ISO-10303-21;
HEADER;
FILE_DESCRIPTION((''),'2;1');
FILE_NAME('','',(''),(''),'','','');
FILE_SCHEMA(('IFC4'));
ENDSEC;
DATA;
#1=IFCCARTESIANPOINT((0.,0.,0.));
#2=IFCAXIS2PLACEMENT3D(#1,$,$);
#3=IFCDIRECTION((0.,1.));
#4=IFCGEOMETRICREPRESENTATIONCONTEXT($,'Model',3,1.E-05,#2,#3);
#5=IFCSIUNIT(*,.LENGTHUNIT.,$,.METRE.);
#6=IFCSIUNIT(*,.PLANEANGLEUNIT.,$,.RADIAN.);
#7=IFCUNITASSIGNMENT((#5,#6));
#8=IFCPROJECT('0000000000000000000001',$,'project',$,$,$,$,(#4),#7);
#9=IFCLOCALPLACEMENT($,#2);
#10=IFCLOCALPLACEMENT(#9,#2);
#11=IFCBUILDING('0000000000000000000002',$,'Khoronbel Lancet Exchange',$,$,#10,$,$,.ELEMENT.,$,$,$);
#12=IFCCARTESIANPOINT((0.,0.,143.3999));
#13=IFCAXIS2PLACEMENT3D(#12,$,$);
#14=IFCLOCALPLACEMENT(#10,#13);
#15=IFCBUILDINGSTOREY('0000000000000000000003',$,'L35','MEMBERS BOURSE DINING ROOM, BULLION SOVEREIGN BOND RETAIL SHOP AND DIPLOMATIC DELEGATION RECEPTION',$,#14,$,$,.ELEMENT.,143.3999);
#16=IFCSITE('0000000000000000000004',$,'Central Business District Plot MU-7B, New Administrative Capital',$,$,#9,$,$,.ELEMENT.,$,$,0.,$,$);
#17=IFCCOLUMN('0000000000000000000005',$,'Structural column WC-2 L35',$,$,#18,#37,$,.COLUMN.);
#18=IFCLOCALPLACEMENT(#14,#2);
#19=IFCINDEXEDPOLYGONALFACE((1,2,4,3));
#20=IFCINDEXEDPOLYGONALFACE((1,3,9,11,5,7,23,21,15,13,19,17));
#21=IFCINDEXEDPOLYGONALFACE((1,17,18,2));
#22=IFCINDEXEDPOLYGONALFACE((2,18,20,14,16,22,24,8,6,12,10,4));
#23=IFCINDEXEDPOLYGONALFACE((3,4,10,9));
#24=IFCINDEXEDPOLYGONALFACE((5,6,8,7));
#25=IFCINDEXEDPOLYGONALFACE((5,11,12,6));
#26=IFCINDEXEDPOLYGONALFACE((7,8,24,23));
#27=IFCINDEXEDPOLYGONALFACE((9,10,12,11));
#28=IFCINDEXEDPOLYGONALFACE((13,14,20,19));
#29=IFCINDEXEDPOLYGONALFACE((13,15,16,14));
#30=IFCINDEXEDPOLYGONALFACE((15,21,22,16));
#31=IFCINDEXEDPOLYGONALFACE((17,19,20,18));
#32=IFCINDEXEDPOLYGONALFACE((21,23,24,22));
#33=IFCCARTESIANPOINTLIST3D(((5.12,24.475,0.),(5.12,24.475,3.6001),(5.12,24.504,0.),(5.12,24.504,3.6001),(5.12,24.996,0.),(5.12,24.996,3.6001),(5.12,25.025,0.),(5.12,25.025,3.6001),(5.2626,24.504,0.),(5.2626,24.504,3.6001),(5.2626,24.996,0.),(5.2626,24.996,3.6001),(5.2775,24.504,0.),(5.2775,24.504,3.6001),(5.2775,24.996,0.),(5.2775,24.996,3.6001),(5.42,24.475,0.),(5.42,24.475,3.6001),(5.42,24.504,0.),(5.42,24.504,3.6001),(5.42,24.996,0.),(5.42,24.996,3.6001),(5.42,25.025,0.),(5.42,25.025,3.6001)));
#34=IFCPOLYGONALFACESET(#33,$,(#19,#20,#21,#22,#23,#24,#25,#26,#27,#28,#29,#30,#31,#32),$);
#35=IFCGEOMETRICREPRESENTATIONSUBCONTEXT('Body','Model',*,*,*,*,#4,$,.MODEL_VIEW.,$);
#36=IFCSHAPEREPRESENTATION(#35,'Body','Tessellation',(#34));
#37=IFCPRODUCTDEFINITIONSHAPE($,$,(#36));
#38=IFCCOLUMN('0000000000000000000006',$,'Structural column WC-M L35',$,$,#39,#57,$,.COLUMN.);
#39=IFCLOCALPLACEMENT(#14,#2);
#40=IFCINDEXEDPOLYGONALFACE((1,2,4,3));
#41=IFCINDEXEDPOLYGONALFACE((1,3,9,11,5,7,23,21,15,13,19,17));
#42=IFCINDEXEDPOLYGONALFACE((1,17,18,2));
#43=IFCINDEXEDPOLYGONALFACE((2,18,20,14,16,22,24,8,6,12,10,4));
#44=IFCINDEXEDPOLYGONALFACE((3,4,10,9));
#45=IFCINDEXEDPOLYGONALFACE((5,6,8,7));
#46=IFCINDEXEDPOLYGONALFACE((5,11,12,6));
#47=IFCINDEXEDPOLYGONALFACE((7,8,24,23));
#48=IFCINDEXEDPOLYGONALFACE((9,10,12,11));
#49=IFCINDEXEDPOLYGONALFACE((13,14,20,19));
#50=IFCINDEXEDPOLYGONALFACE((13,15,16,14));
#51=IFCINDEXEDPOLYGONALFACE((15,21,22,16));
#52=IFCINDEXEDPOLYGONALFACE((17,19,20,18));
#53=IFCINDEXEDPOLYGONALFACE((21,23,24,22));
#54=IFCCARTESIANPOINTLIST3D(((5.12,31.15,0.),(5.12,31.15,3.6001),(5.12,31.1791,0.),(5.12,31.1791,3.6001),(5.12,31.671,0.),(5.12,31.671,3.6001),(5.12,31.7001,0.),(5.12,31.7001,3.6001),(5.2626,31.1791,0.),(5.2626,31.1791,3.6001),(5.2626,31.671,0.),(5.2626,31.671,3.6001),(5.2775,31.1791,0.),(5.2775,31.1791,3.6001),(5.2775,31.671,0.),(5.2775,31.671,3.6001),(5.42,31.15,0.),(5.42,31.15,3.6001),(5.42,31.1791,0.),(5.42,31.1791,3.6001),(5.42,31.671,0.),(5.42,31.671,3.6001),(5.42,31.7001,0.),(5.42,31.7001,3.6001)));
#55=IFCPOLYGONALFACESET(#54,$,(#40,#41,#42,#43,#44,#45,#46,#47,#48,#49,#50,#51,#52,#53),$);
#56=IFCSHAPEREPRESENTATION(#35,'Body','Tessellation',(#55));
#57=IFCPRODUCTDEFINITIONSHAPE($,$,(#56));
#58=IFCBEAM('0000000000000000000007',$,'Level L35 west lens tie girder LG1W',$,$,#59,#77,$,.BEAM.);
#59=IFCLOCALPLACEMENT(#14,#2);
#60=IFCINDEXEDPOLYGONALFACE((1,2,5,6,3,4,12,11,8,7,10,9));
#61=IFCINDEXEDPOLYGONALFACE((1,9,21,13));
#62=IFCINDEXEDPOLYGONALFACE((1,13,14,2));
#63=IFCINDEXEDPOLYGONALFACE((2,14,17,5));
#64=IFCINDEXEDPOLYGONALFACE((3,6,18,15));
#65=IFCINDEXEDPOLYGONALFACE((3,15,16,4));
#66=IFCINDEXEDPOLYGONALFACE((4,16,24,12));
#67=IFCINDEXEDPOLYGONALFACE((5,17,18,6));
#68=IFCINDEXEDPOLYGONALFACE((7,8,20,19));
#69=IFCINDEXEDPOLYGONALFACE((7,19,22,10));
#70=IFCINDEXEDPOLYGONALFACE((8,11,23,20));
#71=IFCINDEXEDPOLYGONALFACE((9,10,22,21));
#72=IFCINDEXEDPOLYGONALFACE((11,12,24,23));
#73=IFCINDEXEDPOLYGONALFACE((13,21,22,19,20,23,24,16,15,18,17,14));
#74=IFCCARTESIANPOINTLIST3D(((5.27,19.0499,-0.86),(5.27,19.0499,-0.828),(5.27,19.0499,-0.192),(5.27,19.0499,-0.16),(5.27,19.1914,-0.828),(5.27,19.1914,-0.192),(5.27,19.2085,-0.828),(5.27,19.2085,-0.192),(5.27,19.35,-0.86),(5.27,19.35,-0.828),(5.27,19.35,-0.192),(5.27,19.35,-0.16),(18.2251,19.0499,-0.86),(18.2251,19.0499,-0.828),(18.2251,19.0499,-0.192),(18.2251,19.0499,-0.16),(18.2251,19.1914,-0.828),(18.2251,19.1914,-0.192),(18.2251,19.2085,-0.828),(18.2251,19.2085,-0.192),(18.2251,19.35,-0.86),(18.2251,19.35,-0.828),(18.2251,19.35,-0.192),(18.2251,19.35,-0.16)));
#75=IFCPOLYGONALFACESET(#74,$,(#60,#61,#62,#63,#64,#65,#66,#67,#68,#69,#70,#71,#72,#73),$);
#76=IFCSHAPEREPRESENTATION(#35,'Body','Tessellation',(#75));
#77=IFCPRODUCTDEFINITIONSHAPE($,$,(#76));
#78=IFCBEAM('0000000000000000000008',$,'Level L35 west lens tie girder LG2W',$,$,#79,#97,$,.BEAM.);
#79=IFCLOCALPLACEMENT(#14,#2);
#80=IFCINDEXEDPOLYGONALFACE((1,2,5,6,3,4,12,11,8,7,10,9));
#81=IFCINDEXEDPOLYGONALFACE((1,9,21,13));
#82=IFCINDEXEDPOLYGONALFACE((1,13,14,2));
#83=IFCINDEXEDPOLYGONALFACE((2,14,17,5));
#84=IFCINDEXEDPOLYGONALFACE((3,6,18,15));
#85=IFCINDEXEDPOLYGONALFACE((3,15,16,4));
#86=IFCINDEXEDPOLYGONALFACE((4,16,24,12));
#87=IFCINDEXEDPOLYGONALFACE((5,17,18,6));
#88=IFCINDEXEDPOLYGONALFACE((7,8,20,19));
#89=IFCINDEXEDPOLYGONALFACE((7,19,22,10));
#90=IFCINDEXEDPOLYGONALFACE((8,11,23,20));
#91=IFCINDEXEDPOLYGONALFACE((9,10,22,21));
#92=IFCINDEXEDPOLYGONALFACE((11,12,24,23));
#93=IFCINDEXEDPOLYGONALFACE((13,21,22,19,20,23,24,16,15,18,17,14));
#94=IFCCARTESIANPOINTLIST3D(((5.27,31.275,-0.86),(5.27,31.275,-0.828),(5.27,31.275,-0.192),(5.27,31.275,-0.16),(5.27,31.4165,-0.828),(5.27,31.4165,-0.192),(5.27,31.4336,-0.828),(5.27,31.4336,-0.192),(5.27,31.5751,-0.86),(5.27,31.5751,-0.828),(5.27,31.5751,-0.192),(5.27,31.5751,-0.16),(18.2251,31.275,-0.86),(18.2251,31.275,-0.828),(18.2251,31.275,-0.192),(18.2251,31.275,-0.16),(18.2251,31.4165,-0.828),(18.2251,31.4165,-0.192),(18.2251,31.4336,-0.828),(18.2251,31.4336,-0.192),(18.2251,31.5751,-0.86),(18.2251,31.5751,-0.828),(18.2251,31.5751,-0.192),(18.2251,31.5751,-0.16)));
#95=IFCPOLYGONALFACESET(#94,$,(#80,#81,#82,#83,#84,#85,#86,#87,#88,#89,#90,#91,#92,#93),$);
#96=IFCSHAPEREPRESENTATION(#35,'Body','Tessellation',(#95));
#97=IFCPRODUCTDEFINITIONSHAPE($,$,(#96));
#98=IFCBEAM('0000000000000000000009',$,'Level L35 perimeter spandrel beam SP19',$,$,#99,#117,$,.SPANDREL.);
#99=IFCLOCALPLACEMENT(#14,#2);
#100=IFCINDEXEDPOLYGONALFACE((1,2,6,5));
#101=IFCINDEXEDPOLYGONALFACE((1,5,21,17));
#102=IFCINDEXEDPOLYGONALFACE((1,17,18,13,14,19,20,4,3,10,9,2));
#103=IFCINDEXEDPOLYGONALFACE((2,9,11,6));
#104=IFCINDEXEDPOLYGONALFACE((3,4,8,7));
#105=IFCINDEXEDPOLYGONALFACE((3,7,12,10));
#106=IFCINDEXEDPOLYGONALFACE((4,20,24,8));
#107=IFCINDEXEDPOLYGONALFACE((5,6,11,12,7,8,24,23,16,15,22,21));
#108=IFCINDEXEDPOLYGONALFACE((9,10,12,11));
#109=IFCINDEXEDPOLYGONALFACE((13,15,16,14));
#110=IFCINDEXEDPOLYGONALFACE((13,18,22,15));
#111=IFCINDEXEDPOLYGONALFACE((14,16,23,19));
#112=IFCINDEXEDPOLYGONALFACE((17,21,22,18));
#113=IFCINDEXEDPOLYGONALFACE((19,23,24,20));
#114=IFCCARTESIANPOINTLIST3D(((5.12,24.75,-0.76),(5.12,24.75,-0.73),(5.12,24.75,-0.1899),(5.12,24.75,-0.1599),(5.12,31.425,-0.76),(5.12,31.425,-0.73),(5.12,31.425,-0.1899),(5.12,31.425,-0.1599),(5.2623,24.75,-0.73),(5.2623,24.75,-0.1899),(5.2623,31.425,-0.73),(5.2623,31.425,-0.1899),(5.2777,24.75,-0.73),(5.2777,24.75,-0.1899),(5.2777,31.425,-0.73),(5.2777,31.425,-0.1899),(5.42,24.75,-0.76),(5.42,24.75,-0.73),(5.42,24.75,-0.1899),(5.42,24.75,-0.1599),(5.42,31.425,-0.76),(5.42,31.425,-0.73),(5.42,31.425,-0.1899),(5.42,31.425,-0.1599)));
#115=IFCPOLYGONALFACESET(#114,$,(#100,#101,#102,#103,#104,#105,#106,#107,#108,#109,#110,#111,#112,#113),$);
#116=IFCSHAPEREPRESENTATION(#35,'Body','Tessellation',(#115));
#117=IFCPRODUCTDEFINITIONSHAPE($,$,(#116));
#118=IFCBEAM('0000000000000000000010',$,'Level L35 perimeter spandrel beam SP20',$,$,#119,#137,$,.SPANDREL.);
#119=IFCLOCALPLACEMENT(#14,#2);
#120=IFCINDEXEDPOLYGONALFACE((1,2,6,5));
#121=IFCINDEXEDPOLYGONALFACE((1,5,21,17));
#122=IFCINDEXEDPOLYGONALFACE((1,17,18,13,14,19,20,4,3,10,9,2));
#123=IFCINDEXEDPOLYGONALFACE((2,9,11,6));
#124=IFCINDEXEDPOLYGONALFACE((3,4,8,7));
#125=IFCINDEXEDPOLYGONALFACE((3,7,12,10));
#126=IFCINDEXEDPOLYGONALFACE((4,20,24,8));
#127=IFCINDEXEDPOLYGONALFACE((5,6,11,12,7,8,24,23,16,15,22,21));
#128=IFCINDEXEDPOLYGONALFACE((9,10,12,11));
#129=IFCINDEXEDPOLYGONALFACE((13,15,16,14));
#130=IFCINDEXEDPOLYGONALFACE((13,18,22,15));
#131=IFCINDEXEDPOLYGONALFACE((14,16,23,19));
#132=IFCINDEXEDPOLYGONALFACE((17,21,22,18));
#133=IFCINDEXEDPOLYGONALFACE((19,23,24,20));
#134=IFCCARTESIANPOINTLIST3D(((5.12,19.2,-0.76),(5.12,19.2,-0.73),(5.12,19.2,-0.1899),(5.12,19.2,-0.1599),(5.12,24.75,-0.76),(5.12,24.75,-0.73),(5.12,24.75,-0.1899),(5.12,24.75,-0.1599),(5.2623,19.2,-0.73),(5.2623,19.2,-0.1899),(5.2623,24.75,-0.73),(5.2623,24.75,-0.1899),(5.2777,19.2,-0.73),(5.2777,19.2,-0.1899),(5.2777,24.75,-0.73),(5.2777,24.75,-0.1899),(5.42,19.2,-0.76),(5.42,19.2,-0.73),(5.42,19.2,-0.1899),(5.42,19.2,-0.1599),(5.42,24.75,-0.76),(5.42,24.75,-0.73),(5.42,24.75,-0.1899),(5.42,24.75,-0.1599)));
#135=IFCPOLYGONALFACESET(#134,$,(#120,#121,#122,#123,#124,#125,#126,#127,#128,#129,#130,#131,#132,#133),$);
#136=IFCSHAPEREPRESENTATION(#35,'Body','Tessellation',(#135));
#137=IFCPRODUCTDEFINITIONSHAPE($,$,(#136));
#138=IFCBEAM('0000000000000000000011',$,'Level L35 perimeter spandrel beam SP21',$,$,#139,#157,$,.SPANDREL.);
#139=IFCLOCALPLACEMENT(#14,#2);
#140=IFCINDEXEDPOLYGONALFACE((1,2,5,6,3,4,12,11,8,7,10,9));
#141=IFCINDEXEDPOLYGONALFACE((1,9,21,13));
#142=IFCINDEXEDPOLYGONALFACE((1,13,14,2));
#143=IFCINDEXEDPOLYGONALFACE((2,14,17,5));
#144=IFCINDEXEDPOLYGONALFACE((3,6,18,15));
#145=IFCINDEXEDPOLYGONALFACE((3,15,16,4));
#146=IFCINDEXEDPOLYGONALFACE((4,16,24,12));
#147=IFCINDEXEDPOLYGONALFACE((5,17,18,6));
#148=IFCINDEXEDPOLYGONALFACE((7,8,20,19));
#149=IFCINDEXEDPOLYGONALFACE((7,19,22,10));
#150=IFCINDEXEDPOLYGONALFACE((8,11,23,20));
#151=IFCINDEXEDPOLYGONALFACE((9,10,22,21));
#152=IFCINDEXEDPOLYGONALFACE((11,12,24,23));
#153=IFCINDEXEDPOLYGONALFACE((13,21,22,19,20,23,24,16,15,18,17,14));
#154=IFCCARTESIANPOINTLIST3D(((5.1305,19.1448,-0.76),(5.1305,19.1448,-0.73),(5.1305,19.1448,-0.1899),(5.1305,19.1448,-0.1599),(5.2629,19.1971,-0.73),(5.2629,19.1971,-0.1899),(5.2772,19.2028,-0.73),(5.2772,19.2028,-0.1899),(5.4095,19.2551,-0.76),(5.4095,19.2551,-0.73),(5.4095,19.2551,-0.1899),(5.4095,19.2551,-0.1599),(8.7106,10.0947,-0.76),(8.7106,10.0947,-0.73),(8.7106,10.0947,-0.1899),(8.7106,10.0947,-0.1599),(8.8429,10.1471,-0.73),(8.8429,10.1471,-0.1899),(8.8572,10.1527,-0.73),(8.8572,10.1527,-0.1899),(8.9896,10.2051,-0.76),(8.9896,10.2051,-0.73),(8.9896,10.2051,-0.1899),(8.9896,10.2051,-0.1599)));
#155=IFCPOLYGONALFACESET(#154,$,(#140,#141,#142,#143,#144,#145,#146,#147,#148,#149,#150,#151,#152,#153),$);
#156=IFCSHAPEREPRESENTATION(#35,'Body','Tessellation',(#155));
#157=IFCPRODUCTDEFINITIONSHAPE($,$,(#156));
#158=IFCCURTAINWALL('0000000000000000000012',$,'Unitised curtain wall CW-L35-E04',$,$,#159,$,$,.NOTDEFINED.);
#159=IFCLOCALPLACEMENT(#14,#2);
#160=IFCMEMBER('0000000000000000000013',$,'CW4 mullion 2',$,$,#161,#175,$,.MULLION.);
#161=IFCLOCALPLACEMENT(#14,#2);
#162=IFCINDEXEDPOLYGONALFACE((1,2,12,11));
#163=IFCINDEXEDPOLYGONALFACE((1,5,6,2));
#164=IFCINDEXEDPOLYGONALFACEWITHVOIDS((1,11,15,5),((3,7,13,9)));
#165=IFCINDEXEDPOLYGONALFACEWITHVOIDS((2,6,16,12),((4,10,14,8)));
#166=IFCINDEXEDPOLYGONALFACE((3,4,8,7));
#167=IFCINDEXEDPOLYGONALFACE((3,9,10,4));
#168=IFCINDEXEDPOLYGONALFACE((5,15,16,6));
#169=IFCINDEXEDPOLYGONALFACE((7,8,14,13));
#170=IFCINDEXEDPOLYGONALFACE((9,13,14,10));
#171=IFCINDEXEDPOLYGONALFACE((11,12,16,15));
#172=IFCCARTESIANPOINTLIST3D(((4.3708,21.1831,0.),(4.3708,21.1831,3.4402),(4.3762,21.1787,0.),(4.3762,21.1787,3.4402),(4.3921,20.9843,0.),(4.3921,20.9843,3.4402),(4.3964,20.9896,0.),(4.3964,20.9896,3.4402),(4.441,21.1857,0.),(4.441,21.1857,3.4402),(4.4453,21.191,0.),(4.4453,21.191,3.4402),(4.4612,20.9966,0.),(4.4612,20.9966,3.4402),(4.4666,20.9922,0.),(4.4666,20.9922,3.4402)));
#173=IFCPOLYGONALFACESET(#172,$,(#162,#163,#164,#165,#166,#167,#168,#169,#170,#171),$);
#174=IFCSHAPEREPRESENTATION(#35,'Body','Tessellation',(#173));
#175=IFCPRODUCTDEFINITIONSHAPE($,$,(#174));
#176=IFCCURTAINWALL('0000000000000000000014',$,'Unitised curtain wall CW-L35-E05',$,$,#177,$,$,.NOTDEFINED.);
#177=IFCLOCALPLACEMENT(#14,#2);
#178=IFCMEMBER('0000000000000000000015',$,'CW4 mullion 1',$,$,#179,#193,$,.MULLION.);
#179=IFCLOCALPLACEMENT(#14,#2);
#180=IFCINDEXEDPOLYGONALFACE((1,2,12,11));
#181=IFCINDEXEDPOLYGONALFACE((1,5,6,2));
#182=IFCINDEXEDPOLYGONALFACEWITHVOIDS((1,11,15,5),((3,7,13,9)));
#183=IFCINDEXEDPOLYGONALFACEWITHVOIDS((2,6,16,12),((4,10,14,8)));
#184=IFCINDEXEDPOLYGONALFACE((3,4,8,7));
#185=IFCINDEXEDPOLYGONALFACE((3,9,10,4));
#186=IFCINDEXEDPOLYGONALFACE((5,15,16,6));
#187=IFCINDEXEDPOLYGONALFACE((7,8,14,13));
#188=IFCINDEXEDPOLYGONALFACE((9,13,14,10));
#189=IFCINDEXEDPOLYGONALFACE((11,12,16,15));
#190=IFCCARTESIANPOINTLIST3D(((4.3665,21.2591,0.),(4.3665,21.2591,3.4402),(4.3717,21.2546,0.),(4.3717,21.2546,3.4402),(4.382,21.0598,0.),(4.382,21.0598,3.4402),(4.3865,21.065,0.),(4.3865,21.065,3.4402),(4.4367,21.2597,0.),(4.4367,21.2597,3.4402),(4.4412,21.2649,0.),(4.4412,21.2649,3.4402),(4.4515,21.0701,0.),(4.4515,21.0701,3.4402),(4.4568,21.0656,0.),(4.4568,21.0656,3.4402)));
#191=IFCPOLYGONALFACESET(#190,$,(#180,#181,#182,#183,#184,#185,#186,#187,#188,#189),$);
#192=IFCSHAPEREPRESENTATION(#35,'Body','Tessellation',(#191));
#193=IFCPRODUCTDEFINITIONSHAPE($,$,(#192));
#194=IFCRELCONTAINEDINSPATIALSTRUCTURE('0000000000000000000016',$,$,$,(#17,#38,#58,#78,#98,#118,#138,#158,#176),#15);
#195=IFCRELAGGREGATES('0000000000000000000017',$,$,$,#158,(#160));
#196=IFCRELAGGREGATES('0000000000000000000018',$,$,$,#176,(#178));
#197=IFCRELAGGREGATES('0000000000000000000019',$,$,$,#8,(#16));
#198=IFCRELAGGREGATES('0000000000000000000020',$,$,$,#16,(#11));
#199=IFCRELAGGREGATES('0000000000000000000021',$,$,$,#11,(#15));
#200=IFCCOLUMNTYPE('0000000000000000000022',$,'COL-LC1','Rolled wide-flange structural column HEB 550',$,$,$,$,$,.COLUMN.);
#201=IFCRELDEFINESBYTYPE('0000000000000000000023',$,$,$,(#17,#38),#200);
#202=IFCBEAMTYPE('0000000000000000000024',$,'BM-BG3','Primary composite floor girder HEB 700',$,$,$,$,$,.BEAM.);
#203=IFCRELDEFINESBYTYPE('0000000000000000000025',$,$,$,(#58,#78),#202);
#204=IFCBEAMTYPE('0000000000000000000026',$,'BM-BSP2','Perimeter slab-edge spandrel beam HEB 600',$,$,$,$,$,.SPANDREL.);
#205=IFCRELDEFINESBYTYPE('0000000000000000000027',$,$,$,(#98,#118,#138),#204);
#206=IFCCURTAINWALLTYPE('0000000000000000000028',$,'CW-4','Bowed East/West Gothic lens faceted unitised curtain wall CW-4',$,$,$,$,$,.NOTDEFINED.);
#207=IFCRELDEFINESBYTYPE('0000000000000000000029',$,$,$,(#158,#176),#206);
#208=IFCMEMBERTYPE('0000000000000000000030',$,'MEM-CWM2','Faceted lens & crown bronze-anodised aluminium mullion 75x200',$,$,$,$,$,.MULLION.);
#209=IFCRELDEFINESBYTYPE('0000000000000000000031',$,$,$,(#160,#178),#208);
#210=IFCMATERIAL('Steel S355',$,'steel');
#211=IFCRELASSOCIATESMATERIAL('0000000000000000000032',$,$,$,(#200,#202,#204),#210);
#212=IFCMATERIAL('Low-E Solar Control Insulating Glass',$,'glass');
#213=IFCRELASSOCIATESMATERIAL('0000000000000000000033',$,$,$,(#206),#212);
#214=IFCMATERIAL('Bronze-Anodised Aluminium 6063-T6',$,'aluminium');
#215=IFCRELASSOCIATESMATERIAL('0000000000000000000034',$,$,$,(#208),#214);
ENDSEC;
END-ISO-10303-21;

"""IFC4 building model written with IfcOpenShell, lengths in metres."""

from ifc_helpers import new_model, si_unit, direction, frame, origin, origin_2d, place, context, subcontext, project, spatial, hollow_rectangle, i_section, extrude, material, material_profile, profile_set, type_object, element, aggregate, save


model = new_model("IFC4")

# Units and contexts
model_context = context("Model", 3, precision=1e-05, world=origin(), true_north=direction((0.0, 1.0)))
body_context = subcontext(model_context, "Body", "Model", "MODEL_VIEW")
ifc_project = project(units=[si_unit("LENGTHUNIT", "METRE"), si_unit("PLANEANGLEUNIT", "RADIAN")], contexts=[model_context])

# Site, building, storey
site_placement = place(None, origin())
site = spatial("IfcSite", under=ifc_project, at=site_placement, Name="Central Business District Plot MU-7B, New Administrative Capital", CompositionType="ELEMENT", RefElevation=0.0)
building_placement = place(site_placement, origin())
building = spatial("IfcBuilding", under=site, at=building_placement, Name="Khoronbel Lancet Exchange", CompositionType="ELEMENT")
storey_placement = place(building_placement, frame((0.0, 0.0, 143.3999)))
storey = spatial("IfcBuildingStorey", under=building, at=storey_placement, Name="L35", Description="MEMBERS BOURSE DINING ROOM, BULLION SOVEREIGN BOND RETAIL SHOP AND DIPLOMATIC DELEGATION RECEPTION", CompositionType="ELEMENT", Elevation=143.3999)

# Columns
ifc_material_1 = material(Name="Steel S355", Category="steel")
ifc_material_profile_1 = material_profile(ifc_material_1, i_section(OverallWidth=0.3, OverallDepth=0.55, WebThickness=0.0149, FlangeThickness=0.0291, at=origin_2d()), Name="HEB 550")
ifc_profile_set_1 = profile_set([ifc_material_profile_1], Name="Steel S355")
column_type = type_object("IfcColumnType", Name="COL-LC1", Description="Rolled wide-flange structural column HEB 550", PredefinedType="COLUMN", material=ifc_profile_set_1)
for number, where, z_axis, x_axis, name in (
    (1, (5.27, 24.75, 0.0), (0.0, 0.0, 1.0), (1.0, 0.0, 0.0), "Structural column WC-2 L35"),
    (2, (5.27, 31.425, 0.0), (0.0, 0.0, 1.0), (1.0, 0.0, 0.0), "Structural column WC-M L35"),
):
    element("IfcColumn", number, at=place(storey_placement, frame(where, z_axis=z_axis, x_axis=x_axis)), inside=storey, type_object=column_type, Name=name, PredefinedType="COLUMN", context=body_context, shape_type="SweptSolid", body=[
        extrude(i_section(OverallWidth=0.3, OverallDepth=0.55, WebThickness=0.0149, FlangeThickness=0.0291, at=origin_2d()), origin(), (0.0, 0.0, 1.0), 3.6001),
    ])

# Beams
ifc_material_profile_2 = material_profile(ifc_material_1, i_section(OverallWidth=0.3, OverallDepth=0.7, WebThickness=0.0171, FlangeThickness=0.032, at=origin_2d()), Name="HEB 700")
ifc_profile_set_2 = profile_set([ifc_material_profile_2], Name="Steel S355")
beam_type_1 = type_object("IfcBeamType", Name="BM-BG3", Description="Primary composite floor girder HEB 700", PredefinedType="BEAM", material=ifc_profile_set_2)
for number, where, z_axis, x_axis, name in (
    (3, (5.27, 19.2, -0.51), (1.0, 0.0, 0.0), (0.0, 1.0, 0.0), "Level L35 west lens tie girder LG1W"),
    (4, (5.27, 31.425, -0.51), (1.0, 0.0, 0.0), (0.0, 1.0, 0.0), "Level L35 west lens tie girder LG2W"),
):
    element("IfcBeam", number, at=place(storey_placement, frame(where, z_axis=z_axis, x_axis=x_axis)), inside=storey, type_object=beam_type_1, Name=name, PredefinedType="BEAM", context=body_context, shape_type="SweptSolid", body=[
        extrude(i_section(OverallWidth=0.3, OverallDepth=0.7, WebThickness=0.0171, FlangeThickness=0.032, at=origin_2d()), origin(), (0.0, 0.0, 1.0), 12.9551),
    ])
ifc_material_profile_3 = material_profile(ifc_material_1, i_section(OverallWidth=0.3, OverallDepth=0.6001, WebThickness=0.0154, FlangeThickness=0.03, at=origin_2d()), Name="HEB 600")
ifc_profile_set_3 = profile_set([ifc_material_profile_3], Name="Steel S355")
beam_type_2 = type_object("IfcBeamType", Name="BM-BSP2", Description="Perimeter slab-edge spandrel beam HEB 600", PredefinedType="SPANDREL", material=ifc_profile_set_3)
beam_1_placement = place(storey_placement, frame((5.27, 31.425, -0.46), z_axis=(0.0, -1.0, 0.0), x_axis=(1.0, 0.0, 0.0)))
element("IfcBeam", 5, at=beam_1_placement, inside=storey, type_object=beam_type_2, Name="Level L35 perimeter spandrel beam SP19", PredefinedType="SPANDREL", context=body_context, shape_type="SweptSolid", body=[
    extrude(i_section(OverallWidth=0.3, OverallDepth=0.6001, WebThickness=0.0154, FlangeThickness=0.03, at=origin_2d()), origin(), (0.0, 0.0, 1.0), 6.675),
])
beam_2_placement = place(storey_placement, frame((5.27, 24.75, -0.46), z_axis=(0.0, -1.0, 0.0), x_axis=(1.0, 0.0, 0.0)))
element("IfcBeam", 6, at=beam_2_placement, inside=storey, type_object=beam_type_2, Name="Level L35 perimeter spandrel beam SP20", PredefinedType="SPANDREL", context=body_context, shape_type="SweptSolid", body=[
    extrude(i_section(OverallWidth=0.3, OverallDepth=0.6001, WebThickness=0.0154, FlangeThickness=0.03, at=origin_2d()), origin(), (0.0, 0.0, 1.0), 5.55),
])
beam_3_placement = place(storey_placement, frame((5.27, 19.2, -0.46), z_axis=(0.36785, -0.929885, 0.0), x_axis=(0.929885, 0.36785, 0.0)))
element("IfcBeam", 7, at=beam_3_placement, inside=storey, type_object=beam_type_2, Name="Level L35 perimeter spandrel beam SP21", PredefinedType="SPANDREL", context=body_context, shape_type="SweptSolid", body=[
    extrude(i_section(OverallWidth=0.3, OverallDepth=0.6001, WebThickness=0.0154, FlangeThickness=0.03, at=origin_2d()), origin(), (0.0, 0.0, 1.0), 9.7324),
])

# Curtain wall, member
ifc_material_2 = material(Name="Low-E Solar Control Insulating Glass", Category="glass")
curtain_wall_type = type_object("IfcCurtainWallType", Name="CW-4", Description="Bowed East/West Gothic lens faceted unitised curtain wall CW-4", PredefinedType="NOTDEFINED", material=ifc_material_2)
curtain_wall_1_placement = place(storey_placement, origin())
curtain_wall_1 = element("IfcCurtainWall", 8, at=curtain_wall_1_placement, inside=storey, type_object=curtain_wall_type, Name="Unitised curtain wall CW-L35-E04", PredefinedType="NOTDEFINED")
ifc_material_3 = material(Name="Bronze-Anodised Aluminium 6063-T6", Category="aluminium")
ifc_material_profile_4 = material_profile(ifc_material_3, hollow_rectangle(XDim=0.075, YDim=0.2, WallThickness=0.0049, at=origin_2d()), Name="ALU MULLION 75x200")
ifc_profile_set_4 = profile_set([ifc_material_profile_4], Name="Bronze-Anodised Aluminium 6063-T6")
member_type_1 = type_object("IfcMemberType", Name="MEM-CWM2", Description="Faceted lens & crown bronze-anodised aluminium mullion 75x200", PredefinedType="MULLION", material=ifc_profile_set_4)
member_1_placement = place(storey_placement, frame((4.4187, 21.0876, 0.0), z_axis=(0.0, 0.0, 1.0), x_axis=(-0.994347, -0.106181, 0.0)))
member_1 = element("IfcMember", 9, at=member_1_placement, type_object=member_type_1, Name="CW4 mullion 2", PredefinedType="MULLION", context=body_context, shape_type="SweptSolid", body=[
    extrude(hollow_rectangle(XDim=0.075, YDim=0.2, WallThickness=0.0049, at=origin_2d()), origin(), (0.0, 0.0, 1.0), 3.4402),
])
aggregate(curtain_wall_1, [member_1])

# Curtain wall, member
curtain_wall_2_placement = place(storey_placement, origin())
curtain_wall_2 = element("IfcCurtainWall", 10, at=curtain_wall_2_placement, inside=storey, type_object=curtain_wall_type, Name="Unitised curtain wall CW-L35-E05", PredefinedType="NOTDEFINED")
member_2_placement = place(storey_placement, frame((4.4116, 21.1624, 0.0), z_axis=(0.0, 0.0, 1.0), x_axis=(-0.99696, -0.077921, 0.0)))
member_2 = element("IfcMember", 11, at=member_2_placement, type_object=member_type_1, Name="CW4 mullion 1", PredefinedType="MULLION", context=body_context, shape_type="SweptSolid", body=[
    extrude(hollow_rectangle(XDim=0.075, YDim=0.2, WallThickness=0.0049, at=origin_2d()), origin(), (0.0, 0.0, 1.0), 3.4402),
])

aggregate(curtain_wall_2, [member_2])

save(model, "model.ifc")
